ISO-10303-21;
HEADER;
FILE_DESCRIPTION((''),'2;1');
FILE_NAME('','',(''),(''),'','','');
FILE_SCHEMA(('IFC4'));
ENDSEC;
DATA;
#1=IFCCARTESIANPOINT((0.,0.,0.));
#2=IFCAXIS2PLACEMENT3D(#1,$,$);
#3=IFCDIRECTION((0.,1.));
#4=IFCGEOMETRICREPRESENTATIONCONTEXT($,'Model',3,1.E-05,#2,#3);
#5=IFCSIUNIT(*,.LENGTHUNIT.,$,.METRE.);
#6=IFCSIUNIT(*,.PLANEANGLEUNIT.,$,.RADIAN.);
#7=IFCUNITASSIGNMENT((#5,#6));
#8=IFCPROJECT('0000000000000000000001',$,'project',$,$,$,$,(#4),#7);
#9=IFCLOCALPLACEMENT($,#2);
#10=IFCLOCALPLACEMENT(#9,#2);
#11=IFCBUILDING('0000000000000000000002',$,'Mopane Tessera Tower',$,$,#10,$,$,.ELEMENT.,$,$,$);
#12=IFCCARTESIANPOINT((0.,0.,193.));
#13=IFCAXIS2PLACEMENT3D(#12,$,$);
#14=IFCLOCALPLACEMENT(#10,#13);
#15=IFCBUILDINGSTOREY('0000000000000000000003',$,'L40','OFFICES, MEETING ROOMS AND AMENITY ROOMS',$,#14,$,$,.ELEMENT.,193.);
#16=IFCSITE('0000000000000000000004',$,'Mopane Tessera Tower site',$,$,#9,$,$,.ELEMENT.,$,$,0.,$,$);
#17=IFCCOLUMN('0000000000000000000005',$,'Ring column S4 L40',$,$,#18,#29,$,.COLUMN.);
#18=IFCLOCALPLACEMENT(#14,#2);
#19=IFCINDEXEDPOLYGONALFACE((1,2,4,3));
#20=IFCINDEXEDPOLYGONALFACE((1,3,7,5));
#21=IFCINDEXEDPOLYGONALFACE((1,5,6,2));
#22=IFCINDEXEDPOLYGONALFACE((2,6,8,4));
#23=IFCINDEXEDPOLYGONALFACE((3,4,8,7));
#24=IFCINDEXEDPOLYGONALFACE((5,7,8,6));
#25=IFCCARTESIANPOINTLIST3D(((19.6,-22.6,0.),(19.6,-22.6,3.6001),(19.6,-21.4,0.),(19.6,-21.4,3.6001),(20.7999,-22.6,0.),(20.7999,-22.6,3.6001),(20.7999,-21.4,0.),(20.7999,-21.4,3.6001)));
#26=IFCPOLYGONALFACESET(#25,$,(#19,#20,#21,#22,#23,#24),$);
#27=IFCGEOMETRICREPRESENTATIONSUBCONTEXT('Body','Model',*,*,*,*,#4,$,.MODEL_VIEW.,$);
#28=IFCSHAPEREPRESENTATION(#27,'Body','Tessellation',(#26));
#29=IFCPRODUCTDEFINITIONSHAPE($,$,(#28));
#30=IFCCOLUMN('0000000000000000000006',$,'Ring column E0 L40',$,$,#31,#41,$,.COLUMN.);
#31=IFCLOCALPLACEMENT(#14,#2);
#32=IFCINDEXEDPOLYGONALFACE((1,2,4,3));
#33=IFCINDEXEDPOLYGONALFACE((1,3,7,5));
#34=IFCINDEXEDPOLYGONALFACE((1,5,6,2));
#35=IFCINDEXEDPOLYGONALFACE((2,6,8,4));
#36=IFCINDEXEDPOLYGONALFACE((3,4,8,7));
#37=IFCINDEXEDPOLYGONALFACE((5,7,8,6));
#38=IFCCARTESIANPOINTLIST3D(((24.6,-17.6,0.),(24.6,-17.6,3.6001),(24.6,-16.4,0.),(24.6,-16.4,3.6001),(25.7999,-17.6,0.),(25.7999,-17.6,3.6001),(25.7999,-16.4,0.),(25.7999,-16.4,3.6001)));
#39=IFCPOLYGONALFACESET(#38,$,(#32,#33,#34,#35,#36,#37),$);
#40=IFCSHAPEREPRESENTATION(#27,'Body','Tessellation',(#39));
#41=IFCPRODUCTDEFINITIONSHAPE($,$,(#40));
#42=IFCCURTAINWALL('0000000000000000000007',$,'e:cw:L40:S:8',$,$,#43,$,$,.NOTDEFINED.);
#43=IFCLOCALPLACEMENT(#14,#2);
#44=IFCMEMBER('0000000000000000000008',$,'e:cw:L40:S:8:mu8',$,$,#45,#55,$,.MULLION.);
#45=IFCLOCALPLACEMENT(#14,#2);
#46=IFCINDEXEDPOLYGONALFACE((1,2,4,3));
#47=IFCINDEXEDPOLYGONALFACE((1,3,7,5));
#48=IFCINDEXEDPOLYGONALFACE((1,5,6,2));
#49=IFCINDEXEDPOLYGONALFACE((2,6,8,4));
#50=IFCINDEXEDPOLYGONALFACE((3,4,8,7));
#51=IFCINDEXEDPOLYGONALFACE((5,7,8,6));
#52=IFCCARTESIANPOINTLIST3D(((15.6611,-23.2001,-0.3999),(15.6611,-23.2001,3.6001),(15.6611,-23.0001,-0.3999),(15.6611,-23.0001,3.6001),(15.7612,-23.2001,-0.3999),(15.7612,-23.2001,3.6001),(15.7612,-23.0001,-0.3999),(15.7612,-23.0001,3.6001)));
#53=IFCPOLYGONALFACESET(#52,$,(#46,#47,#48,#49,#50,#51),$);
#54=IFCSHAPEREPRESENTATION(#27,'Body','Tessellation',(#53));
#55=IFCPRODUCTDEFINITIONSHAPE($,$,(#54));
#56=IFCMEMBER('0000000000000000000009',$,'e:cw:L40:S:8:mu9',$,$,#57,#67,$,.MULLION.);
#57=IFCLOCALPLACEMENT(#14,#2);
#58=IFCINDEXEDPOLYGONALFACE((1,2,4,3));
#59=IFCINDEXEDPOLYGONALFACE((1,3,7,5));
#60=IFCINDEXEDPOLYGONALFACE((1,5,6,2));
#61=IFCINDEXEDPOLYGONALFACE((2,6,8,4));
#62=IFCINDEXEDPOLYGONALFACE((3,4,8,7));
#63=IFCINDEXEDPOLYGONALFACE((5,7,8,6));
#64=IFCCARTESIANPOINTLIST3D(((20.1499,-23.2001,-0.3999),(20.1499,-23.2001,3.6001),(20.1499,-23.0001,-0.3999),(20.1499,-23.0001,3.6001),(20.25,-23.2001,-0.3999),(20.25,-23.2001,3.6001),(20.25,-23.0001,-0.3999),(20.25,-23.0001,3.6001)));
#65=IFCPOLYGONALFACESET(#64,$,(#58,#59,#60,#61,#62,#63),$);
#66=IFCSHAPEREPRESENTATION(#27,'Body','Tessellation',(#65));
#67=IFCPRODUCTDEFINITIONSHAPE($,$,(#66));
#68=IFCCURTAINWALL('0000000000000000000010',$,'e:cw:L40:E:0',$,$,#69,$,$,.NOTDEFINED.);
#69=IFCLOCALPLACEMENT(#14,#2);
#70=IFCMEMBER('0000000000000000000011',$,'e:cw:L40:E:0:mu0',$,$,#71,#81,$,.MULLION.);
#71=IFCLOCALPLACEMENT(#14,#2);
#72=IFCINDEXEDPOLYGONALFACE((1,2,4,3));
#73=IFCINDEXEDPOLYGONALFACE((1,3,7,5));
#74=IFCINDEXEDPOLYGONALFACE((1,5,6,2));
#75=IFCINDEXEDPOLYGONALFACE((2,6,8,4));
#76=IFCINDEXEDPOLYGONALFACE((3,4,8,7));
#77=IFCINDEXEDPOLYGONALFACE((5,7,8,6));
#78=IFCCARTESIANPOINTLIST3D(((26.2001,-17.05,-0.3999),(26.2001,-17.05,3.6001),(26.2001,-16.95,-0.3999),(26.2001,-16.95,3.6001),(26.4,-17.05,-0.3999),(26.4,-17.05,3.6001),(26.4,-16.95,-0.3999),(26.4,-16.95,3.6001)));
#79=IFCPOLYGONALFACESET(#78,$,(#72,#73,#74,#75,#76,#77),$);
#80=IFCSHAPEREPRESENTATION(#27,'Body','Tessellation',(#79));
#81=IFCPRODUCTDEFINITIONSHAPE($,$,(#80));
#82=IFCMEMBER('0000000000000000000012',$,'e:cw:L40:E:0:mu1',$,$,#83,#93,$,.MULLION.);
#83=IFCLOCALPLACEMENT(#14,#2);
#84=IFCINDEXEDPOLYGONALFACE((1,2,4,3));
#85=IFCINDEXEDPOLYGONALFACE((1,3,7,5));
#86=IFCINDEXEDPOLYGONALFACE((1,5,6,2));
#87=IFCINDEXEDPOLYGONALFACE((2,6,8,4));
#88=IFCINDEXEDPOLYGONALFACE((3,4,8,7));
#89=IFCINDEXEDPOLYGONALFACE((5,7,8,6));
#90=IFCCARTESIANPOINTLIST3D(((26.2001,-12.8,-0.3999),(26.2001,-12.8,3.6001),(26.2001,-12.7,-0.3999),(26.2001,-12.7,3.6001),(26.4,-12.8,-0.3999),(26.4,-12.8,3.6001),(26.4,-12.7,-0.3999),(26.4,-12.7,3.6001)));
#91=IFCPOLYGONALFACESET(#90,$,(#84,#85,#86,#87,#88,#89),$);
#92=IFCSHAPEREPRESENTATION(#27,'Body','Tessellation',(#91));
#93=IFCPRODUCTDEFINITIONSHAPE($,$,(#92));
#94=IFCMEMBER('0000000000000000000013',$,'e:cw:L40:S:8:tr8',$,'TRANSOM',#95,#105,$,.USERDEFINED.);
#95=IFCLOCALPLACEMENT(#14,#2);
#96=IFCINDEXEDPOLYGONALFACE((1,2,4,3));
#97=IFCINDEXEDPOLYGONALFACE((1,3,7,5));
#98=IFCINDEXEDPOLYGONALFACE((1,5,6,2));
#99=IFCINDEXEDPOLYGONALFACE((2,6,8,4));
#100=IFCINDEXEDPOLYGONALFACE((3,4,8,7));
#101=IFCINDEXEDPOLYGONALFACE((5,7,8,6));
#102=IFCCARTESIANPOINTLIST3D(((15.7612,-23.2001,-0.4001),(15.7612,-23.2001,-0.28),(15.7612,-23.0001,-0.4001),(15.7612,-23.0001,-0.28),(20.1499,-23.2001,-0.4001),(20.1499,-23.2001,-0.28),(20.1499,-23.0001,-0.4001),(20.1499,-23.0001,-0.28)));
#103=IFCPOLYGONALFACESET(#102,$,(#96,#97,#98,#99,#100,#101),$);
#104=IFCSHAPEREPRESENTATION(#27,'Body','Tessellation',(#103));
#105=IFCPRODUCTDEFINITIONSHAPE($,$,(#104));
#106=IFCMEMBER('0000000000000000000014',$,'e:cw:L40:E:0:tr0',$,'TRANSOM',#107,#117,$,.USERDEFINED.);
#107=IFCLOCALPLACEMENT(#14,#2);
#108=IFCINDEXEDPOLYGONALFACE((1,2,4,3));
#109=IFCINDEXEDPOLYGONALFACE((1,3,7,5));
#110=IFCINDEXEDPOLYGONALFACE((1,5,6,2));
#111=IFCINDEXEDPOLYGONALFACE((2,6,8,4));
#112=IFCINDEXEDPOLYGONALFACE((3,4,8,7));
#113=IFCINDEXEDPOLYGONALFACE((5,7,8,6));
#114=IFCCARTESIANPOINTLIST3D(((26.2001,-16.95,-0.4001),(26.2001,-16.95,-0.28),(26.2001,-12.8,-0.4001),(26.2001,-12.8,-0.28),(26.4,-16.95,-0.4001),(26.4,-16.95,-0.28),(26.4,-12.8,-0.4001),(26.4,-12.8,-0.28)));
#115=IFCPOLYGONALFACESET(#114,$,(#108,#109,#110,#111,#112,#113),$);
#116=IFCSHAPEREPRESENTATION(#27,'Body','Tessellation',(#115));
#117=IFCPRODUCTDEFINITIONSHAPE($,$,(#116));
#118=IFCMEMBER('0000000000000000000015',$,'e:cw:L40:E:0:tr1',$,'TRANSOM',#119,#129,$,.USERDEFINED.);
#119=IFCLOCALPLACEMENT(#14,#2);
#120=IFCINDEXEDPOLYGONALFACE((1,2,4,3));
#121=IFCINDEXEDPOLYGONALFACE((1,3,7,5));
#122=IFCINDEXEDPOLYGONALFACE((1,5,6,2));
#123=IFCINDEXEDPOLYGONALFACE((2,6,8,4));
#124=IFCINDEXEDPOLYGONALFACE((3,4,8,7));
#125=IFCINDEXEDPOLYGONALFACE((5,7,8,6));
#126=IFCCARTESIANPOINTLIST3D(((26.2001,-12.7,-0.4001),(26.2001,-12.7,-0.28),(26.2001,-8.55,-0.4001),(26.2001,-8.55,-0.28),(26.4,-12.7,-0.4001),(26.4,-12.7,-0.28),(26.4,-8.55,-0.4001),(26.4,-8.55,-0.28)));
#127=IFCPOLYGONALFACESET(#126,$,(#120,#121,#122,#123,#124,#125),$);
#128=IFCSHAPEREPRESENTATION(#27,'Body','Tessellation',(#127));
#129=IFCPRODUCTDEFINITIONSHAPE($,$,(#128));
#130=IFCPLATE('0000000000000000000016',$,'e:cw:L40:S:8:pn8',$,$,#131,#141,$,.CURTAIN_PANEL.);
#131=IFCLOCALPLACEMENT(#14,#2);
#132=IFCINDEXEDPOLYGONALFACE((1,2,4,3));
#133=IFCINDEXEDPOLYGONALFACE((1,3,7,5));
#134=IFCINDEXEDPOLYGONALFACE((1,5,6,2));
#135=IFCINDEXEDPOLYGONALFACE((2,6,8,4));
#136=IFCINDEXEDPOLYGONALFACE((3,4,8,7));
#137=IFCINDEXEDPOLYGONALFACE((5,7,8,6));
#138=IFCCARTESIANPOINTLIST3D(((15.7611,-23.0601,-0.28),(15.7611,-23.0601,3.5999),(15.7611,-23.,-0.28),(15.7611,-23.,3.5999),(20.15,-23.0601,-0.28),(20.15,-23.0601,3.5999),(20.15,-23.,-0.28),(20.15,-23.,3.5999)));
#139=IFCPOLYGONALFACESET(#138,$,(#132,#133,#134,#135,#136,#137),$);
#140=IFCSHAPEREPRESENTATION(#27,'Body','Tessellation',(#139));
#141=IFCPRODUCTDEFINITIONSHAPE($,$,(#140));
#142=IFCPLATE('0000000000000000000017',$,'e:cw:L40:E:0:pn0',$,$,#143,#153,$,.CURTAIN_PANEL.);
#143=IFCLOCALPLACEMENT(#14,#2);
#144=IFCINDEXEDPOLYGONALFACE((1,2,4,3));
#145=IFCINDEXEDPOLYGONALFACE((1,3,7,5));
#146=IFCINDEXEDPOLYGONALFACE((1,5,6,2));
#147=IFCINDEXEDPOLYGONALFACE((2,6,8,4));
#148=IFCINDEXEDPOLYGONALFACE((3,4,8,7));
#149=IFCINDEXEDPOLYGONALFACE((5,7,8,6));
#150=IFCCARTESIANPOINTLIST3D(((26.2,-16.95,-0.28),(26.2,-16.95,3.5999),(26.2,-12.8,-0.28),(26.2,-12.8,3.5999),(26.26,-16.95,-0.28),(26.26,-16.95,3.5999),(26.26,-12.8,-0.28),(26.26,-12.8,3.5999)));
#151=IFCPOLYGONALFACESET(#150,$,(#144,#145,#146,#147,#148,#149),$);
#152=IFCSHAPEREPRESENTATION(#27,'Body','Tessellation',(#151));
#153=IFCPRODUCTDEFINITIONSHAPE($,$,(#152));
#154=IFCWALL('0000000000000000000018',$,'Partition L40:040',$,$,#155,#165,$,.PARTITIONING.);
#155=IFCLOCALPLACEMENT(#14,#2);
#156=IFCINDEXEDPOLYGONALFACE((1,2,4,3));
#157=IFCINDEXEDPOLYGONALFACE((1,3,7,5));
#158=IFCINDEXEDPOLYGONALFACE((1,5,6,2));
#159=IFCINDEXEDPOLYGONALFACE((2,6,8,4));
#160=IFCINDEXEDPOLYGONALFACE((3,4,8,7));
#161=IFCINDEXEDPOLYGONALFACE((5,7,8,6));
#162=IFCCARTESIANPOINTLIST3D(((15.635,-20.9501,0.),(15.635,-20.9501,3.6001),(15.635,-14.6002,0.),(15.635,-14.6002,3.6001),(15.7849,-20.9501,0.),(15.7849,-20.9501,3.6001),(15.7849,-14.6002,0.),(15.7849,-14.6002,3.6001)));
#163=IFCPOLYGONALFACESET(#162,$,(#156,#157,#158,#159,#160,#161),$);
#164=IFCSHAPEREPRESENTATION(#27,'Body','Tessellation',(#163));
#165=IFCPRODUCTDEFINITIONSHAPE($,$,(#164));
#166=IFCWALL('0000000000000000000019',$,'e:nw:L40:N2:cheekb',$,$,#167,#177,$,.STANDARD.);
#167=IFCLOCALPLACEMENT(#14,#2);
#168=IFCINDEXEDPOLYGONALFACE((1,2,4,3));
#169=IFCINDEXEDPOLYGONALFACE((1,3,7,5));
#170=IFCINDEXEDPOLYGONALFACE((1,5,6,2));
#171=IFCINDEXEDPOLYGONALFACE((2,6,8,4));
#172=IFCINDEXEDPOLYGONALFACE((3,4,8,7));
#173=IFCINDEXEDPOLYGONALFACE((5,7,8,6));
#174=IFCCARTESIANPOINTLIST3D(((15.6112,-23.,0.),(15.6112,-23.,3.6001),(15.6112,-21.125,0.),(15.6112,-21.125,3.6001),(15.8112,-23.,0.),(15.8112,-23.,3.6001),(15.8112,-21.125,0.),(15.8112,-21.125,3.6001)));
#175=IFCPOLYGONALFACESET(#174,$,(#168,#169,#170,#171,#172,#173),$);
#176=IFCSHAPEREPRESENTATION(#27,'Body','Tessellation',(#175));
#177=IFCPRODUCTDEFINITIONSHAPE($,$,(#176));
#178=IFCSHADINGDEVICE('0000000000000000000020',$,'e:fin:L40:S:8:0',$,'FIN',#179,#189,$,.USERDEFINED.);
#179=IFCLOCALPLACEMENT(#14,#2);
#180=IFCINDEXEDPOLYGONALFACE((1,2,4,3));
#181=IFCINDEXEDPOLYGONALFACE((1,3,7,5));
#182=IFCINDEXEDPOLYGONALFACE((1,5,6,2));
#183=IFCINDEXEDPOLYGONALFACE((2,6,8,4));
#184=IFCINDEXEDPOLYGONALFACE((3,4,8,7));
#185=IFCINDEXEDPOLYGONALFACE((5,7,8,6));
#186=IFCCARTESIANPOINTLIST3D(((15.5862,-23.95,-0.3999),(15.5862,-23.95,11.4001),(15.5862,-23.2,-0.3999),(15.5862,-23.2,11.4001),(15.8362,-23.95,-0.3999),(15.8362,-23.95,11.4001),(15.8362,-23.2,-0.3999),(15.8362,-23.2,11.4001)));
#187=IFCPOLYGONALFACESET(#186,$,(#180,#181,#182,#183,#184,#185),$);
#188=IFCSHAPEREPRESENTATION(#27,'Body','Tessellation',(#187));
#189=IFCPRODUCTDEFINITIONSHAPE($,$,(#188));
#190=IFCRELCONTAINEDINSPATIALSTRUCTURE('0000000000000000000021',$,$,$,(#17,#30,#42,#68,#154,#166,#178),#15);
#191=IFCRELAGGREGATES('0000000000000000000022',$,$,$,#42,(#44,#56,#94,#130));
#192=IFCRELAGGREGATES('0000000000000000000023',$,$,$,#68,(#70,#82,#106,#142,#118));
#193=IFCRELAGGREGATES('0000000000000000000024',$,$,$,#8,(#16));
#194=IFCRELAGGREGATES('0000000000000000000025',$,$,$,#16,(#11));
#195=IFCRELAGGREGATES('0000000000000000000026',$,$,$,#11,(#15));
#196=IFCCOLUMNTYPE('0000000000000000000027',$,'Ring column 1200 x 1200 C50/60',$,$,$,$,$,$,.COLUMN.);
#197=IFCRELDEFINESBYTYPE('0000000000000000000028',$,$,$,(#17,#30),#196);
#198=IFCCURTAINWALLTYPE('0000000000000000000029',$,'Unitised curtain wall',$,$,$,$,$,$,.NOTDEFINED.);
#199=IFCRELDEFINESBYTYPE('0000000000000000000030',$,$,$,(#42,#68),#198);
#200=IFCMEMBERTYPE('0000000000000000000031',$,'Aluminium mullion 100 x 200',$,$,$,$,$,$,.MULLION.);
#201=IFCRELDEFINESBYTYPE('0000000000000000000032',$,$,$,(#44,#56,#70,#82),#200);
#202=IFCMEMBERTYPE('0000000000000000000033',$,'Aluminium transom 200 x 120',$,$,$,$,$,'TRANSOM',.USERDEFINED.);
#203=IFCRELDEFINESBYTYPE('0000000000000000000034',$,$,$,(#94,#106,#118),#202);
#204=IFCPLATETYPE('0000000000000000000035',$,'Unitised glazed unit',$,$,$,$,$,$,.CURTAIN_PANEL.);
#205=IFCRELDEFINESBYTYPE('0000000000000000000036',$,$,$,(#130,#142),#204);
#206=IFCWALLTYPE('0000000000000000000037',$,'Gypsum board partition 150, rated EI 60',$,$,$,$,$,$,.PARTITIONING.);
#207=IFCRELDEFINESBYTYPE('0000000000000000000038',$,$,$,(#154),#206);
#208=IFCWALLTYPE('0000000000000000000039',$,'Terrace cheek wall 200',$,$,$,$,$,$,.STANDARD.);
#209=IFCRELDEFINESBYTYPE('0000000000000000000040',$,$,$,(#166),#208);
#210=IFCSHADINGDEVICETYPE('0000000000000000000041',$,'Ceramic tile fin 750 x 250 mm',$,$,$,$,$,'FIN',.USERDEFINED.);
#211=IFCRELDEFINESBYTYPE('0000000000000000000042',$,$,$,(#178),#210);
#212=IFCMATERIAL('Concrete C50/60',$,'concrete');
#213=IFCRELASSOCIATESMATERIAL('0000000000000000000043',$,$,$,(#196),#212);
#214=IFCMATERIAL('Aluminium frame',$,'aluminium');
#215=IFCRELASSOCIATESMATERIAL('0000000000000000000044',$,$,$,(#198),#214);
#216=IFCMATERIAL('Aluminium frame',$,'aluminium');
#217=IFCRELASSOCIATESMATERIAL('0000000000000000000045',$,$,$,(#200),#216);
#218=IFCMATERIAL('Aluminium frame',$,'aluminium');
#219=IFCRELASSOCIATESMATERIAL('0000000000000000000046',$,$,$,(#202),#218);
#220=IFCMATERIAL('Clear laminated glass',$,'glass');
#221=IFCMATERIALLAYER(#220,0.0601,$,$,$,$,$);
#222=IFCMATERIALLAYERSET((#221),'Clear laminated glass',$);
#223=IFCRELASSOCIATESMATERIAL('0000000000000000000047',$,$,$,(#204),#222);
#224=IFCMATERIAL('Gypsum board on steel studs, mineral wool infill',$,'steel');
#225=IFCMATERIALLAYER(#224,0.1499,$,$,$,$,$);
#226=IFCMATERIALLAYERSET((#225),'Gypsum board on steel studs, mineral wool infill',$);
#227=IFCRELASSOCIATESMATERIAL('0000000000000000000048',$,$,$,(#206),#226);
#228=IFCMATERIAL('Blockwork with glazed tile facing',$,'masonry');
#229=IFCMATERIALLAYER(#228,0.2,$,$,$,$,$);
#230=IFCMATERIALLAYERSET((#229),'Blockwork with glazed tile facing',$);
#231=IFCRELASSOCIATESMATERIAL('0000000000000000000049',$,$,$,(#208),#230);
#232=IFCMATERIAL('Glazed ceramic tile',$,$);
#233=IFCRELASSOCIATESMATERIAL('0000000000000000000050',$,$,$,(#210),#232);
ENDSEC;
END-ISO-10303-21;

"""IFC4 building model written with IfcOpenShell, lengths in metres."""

from ifc_helpers import new_model, si_unit, direction, frame, frame_2d, origin, origin_2d, place, context, subcontext, project, spatial, rectangle, extrude, material, layer, layer_set, material_profile, profile_set, type_object, element, aggregate, save


model = new_model("IFC4")

# Units and contexts
model_context = context("Model", 3, precision=1e-05, world=origin(), true_north=direction((0.0, 1.0)))
body_context = subcontext(model_context, "Body", "Model", "MODEL_VIEW")
ifc_project = project(units=[si_unit("LENGTHUNIT", "METRE"), si_unit("PLANEANGLEUNIT", "RADIAN")], contexts=[model_context])

# Site, building, storey
site_placement = place(None, origin())
site = spatial("IfcSite", under=ifc_project, at=site_placement, Name="Mopane Tessera Tower site", CompositionType="ELEMENT", RefElevation=0.0)
building_placement = place(site_placement, origin())
building = spatial("IfcBuilding", under=site, at=building_placement, Name="Mopane Tessera Tower", CompositionType="ELEMENT")
storey_placement = place(building_placement, frame((0.0, 0.0, 193.0)))
storey = spatial("IfcBuildingStorey", under=building, at=storey_placement, Name="L40", Description="OFFICES, MEETING ROOMS AND AMENITY ROOMS", CompositionType="ELEMENT", Elevation=193.0)

# Columns
ifc_material_1 = material(Name="Concrete C50/60", Category="concrete")
ifc_material_profile_1 = material_profile(ifc_material_1, rectangle(XDim=1.2, YDim=1.2, at=origin_2d()))
ifc_profile_set_1 = profile_set([ifc_material_profile_1], Name="Concrete C50/60")
column_type = type_object("IfcColumnType", Name="Ring column 1200 x 1200 C50/60", PredefinedType="COLUMN", material=ifc_profile_set_1)
for number, where, z_axis, x_axis, name in (
    (1, (20.2, -22.0, 0.0), (0.0, 0.0, 1.0), (1.0, 0.0, 0.0), "Ring column S4 L40"),
    (2, (25.2, -17.0, 0.0), (0.0, 0.0, 1.0), (1.0, 0.0, 0.0), "Ring column E0 L40"),
):
    element("IfcColumn", number, at=place(storey_placement, frame(where, z_axis=z_axis, x_axis=x_axis)), inside=storey, type_object=column_type, Name=name, PredefinedType="COLUMN", context=body_context, shape_type="SweptSolid", body=[
        extrude(rectangle(XDim=1.2, YDim=1.2, at=origin_2d()), origin(), (0.0, 0.0, 1.0), 3.6001),
    ])

# Curtain walls, members
ifc_material_2 = material(Name="Aluminium frame", Category="aluminium")
curtain_wall_type = type_object("IfcCurtainWallType", Name="Unitised curtain wall", PredefinedType="NOTDEFINED", material=ifc_material_2)
curtain_wall_1_placement = place(storey_placement, origin())
curtain_wall_1 = element("IfcCurtainWall", 3, at=curtain_wall_1_placement, inside=storey, type_object=curtain_wall_type, Name="e:cw:L40:S:8", PredefinedType="NOTDEFINED")
ifc_material_3 = material(Name="Aluminium frame", Category="aluminium")
ifc_material_profile_2 = material_profile(ifc_material_3, rectangle(XDim=0.1001, YDim=0.2, at=origin_2d()))
ifc_profile_set_2 = profile_set([ifc_material_profile_2], Name="Aluminium frame")
member_type_1 = type_object("IfcMemberType", Name="Aluminium mullion 100 x 200", PredefinedType="MULLION", material=ifc_profile_set_2)
member_1_placement = place(storey_placement, frame((15.7112, -23.1001, -0.3999), z_axis=(0.0, 0.0, 1.0), x_axis=(1.0, 0.0, 0.0)))
member_1 = element("IfcMember", 4, at=member_1_placement, type_object=member_type_1, Name="e:cw:L40:S:8:mu8", PredefinedType="MULLION", context=body_context, shape_type="SweptSolid", body=[
    extrude(rectangle(XDim=0.1001, YDim=0.2, at=origin_2d()), origin(), (0.0, 0.0, 1.0), 4.0),
])
member_2_placement = place(storey_placement, frame((20.2, -23.1001, -0.3999), z_axis=(0.0, 0.0, 1.0), x_axis=(1.0, 0.0, 0.0)))
member_2 = element("IfcMember", 5, at=member_2_placement, type_object=member_type_1, Name="e:cw:L40:S:8:mu9", PredefinedType="MULLION", context=body_context, shape_type="SweptSolid", body=[
    extrude(rectangle(XDim=0.1001, YDim=0.2, at=origin_2d()), origin(), (0.0, 0.0, 1.0), 4.0),
])
curtain_wall_2_placement = place(storey_placement, origin())
curtain_wall_2 = element("IfcCurtainWall", 6, at=curtain_wall_2_placement, inside=storey, type_object=curtain_wall_type, Name="e:cw:L40:E:0", PredefinedType="NOTDEFINED")
member_3_placement = place(storey_placement, frame((26.3, -17.0, -0.3999), z_axis=(0.0, 0.0, 1.0), x_axis=(0.0, 1.0, 0.0)))
member_3 = element("IfcMember", 7, at=member_3_placement, type_object=member_type_1, Name="e:cw:L40:E:0:mu0", PredefinedType="MULLION", context=body_context, shape_type="SweptSolid", body=[
    extrude(rectangle(XDim=0.1001, YDim=0.2, at=origin_2d()), origin(), (0.0, 0.0, 1.0), 4.0),
])
member_4_placement = place(storey_placement, frame((26.3, -12.75, -0.3999), z_axis=(0.0, 0.0, 1.0), x_axis=(0.0, 1.0, 0.0)))
member_4 = element("IfcMember", 8, at=member_4_placement, type_object=member_type_1, Name="e:cw:L40:E:0:mu1", PredefinedType="MULLION", context=body_context, shape_type="SweptSolid", body=[
    extrude(rectangle(XDim=0.1001, YDim=0.2, at=origin_2d()), origin(), (0.0, 0.0, 1.0), 4.0),
])

# Members
ifc_material_4 = material(Name="Aluminium frame", Category="aluminium")
ifc_material_profile_3 = material_profile(ifc_material_4, rectangle(XDim=0.2, YDim=0.1201, at=origin_2d()))
ifc_profile_set_3 = profile_set([ifc_material_profile_3], Name="Aluminium frame")
member_type_2 = type_object("IfcMemberType", Name="Aluminium transom 200 x 120", ElementType="TRANSOM", PredefinedType="USERDEFINED", material=ifc_profile_set_3)
member_5_placement = place(storey_placement, frame((15.7612, -23.1001, -0.3401), z_axis=(1.0, 0.0, 0.0), x_axis=(0.0, 1.0, 0.0)))
member_5 = element("IfcMember", 9, at=member_5_placement, type_object=member_type_2, Name="e:cw:L40:S:8:tr8", ObjectType="TRANSOM", PredefinedType="USERDEFINED", context=body_context, shape_type="SweptSolid", body=[
    extrude(rectangle(XDim=0.2, YDim=0.1201, at=origin_2d()), origin(), (0.0, 0.0, 1.0), 4.3887),
])
member_6_placement = place(storey_placement, frame((26.3, -16.95, -0.3401), z_axis=(0.0, 1.0, 0.0), x_axis=(-1.0, 0.0, 0.0)))
member_6 = element("IfcMember", 10, at=member_6_placement, type_object=member_type_2, Name="e:cw:L40:E:0:tr0", ObjectType="TRANSOM", PredefinedType="USERDEFINED", context=body_context, shape_type="SweptSolid", body=[
    extrude(rectangle(XDim=0.2, YDim=0.1201, at=origin_2d()), origin(), (0.0, 0.0, 1.0), 4.1499),
])
member_7_placement = place(storey_placement, frame((26.3, -12.7, -0.3401), z_axis=(0.0, 1.0, 0.0), x_axis=(-1.0, 0.0, 0.0)))
member_7 = element("IfcMember", 11, at=member_7_placement, type_object=member_type_2, Name="e:cw:L40:E:0:tr1", ObjectType="TRANSOM", PredefinedType="USERDEFINED", context=body_context, shape_type="SweptSolid", body=[
    extrude(rectangle(XDim=0.2, YDim=0.1201, at=origin_2d()), origin(), (0.0, 0.0, 1.0), 4.1499),
])

# Plates
ifc_material_5 = material(Name="Clear laminated glass", Category="glass")
ifc_layer_1 = layer(ifc_material_5, 0.0601)
ifc_layer_set_1 = layer_set([ifc_layer_1], Name="Clear laminated glass")
plate_type = type_object("IfcPlateType", Name="Unitised glazed unit", PredefinedType="CURTAIN_PANEL", material=ifc_layer_set_1)
plate_1_placement = place(storey_placement, frame((17.9556, -23.03, -0.28), z_axis=(0.0, 0.0, 1.0), x_axis=(1.0, 0.0, 0.0)))
plate_1 = element("IfcPlate", 12, at=plate_1_placement, type_object=plate_type, Name="e:cw:L40:S:8:pn8", PredefinedType="CURTAIN_PANEL", context=body_context, shape_type="SweptSolid", body=[
    extrude(rectangle(XDim=4.3889, YDim=0.0601, at=origin_2d()), origin(), (0.0, 0.0, 1.0), 3.8799),
])
aggregate(curtain_wall_1, [member_1, member_2, member_5, plate_1])
plate_2_placement = place(storey_placement, frame((26.23, -14.875, -0.28), z_axis=(0.0, 0.0, 1.0), x_axis=(0.0, 1.0, 0.0)))
plate_2 = element("IfcPlate", 13, at=plate_2_placement, type_object=plate_type, Name="e:cw:L40:E:0:pn0", PredefinedType="CURTAIN_PANEL", context=body_context, shape_type="SweptSolid", body=[
    extrude(rectangle(XDim=4.1499, YDim=0.0601, at=origin_2d()), origin(), (0.0, 0.0, 1.0), 3.8799),
])
aggregate(curtain_wall_2, [member_3, member_4, member_6, plate_2, member_7])

# Walls
ifc_material_6 = material(Name="Gypsum board on steel studs, mineral wool infill", Category="steel")
ifc_layer_2 = layer(ifc_material_6, 0.1499)
ifc_layer_set_2 = layer_set([ifc_layer_2], Name="Gypsum board on steel studs, mineral wool infill")
wall_type_1 = type_object("IfcWallType", Name="Gypsum board partition 150, rated EI 60", PredefinedType="PARTITIONING", material=ifc_layer_set_2)
wall_1_placement = place(storey_placement, frame((15.71, -20.95, 0.0), z_axis=(0.0, 0.0, 1.0), x_axis=(0.0, 1.0, 0.0)))
element("IfcWall", 14, at=wall_1_placement, inside=storey, type_object=wall_type_1, Name="Partition L40:040", PredefinedType="PARTITIONING", context=body_context, shape_type="SweptSolid", body=[
    extrude(rectangle(XDim=6.3499, YDim=0.1499, at=frame_2d((3.1748, 0.0))), origin(), (0.0, 0.0, 1.0), 3.6001),
])
ifc_material_7 = material(Name="Blockwork with glazed tile facing", Category="masonry")
ifc_layer_3 = layer(ifc_material_7, 0.2)
ifc_layer_set_3 = layer_set([ifc_layer_3], Name="Blockwork with glazed tile facing")
wall_type_2 = type_object("IfcWallType", Name="Terrace cheek wall 200", PredefinedType="STANDARD", material=ifc_layer_set_3)
wall_2_placement = place(storey_placement, frame((15.7112, -23.0, 0.0), z_axis=(0.0, 0.0, 1.0), x_axis=(0.0, 1.0, 0.0)))
element("IfcWall", 15, at=wall_2_placement, inside=storey, type_object=wall_type_2, Name="e:nw:L40:N2:cheekb", PredefinedType="STANDARD", context=body_context, shape_type="SweptSolid", body=[
    extrude(rectangle(XDim=1.875, YDim=0.2, at=frame_2d((0.9375, 0.0))), origin(), (0.0, 0.0, 1.0), 3.6001),
])

# Shading device
ifc_material_8 = material(Name="Glazed ceramic tile")
shading_device_type = type_object("IfcShadingDeviceType", Name="Ceramic tile fin 750 x 250 mm", ElementType="FIN", PredefinedType="USERDEFINED", material=ifc_material_8)
for number, where, z_axis, x_axis, name in (
    (16, (15.7112, -23.575, -0.3999), (0.0, 0.0, 1.0), (1.0, 0.0, 0.0), "e:fin:L40:S:8:0"),
):
    element("IfcShadingDevice", number, at=place(storey_placement, frame(where, z_axis=z_axis, x_axis=x_axis)), inside=storey, type_object=shading_device_type, Name=name, ObjectType="FIN", PredefinedType="USERDEFINED", context=body_context, shape_type="SweptSolid", body=[
        extrude(rectangle(XDim=0.25, YDim=0.75, at=origin_2d()), origin(), (0.0, 0.0, 1.0), 11.8),
    ])

save(model, "model.ifc")
